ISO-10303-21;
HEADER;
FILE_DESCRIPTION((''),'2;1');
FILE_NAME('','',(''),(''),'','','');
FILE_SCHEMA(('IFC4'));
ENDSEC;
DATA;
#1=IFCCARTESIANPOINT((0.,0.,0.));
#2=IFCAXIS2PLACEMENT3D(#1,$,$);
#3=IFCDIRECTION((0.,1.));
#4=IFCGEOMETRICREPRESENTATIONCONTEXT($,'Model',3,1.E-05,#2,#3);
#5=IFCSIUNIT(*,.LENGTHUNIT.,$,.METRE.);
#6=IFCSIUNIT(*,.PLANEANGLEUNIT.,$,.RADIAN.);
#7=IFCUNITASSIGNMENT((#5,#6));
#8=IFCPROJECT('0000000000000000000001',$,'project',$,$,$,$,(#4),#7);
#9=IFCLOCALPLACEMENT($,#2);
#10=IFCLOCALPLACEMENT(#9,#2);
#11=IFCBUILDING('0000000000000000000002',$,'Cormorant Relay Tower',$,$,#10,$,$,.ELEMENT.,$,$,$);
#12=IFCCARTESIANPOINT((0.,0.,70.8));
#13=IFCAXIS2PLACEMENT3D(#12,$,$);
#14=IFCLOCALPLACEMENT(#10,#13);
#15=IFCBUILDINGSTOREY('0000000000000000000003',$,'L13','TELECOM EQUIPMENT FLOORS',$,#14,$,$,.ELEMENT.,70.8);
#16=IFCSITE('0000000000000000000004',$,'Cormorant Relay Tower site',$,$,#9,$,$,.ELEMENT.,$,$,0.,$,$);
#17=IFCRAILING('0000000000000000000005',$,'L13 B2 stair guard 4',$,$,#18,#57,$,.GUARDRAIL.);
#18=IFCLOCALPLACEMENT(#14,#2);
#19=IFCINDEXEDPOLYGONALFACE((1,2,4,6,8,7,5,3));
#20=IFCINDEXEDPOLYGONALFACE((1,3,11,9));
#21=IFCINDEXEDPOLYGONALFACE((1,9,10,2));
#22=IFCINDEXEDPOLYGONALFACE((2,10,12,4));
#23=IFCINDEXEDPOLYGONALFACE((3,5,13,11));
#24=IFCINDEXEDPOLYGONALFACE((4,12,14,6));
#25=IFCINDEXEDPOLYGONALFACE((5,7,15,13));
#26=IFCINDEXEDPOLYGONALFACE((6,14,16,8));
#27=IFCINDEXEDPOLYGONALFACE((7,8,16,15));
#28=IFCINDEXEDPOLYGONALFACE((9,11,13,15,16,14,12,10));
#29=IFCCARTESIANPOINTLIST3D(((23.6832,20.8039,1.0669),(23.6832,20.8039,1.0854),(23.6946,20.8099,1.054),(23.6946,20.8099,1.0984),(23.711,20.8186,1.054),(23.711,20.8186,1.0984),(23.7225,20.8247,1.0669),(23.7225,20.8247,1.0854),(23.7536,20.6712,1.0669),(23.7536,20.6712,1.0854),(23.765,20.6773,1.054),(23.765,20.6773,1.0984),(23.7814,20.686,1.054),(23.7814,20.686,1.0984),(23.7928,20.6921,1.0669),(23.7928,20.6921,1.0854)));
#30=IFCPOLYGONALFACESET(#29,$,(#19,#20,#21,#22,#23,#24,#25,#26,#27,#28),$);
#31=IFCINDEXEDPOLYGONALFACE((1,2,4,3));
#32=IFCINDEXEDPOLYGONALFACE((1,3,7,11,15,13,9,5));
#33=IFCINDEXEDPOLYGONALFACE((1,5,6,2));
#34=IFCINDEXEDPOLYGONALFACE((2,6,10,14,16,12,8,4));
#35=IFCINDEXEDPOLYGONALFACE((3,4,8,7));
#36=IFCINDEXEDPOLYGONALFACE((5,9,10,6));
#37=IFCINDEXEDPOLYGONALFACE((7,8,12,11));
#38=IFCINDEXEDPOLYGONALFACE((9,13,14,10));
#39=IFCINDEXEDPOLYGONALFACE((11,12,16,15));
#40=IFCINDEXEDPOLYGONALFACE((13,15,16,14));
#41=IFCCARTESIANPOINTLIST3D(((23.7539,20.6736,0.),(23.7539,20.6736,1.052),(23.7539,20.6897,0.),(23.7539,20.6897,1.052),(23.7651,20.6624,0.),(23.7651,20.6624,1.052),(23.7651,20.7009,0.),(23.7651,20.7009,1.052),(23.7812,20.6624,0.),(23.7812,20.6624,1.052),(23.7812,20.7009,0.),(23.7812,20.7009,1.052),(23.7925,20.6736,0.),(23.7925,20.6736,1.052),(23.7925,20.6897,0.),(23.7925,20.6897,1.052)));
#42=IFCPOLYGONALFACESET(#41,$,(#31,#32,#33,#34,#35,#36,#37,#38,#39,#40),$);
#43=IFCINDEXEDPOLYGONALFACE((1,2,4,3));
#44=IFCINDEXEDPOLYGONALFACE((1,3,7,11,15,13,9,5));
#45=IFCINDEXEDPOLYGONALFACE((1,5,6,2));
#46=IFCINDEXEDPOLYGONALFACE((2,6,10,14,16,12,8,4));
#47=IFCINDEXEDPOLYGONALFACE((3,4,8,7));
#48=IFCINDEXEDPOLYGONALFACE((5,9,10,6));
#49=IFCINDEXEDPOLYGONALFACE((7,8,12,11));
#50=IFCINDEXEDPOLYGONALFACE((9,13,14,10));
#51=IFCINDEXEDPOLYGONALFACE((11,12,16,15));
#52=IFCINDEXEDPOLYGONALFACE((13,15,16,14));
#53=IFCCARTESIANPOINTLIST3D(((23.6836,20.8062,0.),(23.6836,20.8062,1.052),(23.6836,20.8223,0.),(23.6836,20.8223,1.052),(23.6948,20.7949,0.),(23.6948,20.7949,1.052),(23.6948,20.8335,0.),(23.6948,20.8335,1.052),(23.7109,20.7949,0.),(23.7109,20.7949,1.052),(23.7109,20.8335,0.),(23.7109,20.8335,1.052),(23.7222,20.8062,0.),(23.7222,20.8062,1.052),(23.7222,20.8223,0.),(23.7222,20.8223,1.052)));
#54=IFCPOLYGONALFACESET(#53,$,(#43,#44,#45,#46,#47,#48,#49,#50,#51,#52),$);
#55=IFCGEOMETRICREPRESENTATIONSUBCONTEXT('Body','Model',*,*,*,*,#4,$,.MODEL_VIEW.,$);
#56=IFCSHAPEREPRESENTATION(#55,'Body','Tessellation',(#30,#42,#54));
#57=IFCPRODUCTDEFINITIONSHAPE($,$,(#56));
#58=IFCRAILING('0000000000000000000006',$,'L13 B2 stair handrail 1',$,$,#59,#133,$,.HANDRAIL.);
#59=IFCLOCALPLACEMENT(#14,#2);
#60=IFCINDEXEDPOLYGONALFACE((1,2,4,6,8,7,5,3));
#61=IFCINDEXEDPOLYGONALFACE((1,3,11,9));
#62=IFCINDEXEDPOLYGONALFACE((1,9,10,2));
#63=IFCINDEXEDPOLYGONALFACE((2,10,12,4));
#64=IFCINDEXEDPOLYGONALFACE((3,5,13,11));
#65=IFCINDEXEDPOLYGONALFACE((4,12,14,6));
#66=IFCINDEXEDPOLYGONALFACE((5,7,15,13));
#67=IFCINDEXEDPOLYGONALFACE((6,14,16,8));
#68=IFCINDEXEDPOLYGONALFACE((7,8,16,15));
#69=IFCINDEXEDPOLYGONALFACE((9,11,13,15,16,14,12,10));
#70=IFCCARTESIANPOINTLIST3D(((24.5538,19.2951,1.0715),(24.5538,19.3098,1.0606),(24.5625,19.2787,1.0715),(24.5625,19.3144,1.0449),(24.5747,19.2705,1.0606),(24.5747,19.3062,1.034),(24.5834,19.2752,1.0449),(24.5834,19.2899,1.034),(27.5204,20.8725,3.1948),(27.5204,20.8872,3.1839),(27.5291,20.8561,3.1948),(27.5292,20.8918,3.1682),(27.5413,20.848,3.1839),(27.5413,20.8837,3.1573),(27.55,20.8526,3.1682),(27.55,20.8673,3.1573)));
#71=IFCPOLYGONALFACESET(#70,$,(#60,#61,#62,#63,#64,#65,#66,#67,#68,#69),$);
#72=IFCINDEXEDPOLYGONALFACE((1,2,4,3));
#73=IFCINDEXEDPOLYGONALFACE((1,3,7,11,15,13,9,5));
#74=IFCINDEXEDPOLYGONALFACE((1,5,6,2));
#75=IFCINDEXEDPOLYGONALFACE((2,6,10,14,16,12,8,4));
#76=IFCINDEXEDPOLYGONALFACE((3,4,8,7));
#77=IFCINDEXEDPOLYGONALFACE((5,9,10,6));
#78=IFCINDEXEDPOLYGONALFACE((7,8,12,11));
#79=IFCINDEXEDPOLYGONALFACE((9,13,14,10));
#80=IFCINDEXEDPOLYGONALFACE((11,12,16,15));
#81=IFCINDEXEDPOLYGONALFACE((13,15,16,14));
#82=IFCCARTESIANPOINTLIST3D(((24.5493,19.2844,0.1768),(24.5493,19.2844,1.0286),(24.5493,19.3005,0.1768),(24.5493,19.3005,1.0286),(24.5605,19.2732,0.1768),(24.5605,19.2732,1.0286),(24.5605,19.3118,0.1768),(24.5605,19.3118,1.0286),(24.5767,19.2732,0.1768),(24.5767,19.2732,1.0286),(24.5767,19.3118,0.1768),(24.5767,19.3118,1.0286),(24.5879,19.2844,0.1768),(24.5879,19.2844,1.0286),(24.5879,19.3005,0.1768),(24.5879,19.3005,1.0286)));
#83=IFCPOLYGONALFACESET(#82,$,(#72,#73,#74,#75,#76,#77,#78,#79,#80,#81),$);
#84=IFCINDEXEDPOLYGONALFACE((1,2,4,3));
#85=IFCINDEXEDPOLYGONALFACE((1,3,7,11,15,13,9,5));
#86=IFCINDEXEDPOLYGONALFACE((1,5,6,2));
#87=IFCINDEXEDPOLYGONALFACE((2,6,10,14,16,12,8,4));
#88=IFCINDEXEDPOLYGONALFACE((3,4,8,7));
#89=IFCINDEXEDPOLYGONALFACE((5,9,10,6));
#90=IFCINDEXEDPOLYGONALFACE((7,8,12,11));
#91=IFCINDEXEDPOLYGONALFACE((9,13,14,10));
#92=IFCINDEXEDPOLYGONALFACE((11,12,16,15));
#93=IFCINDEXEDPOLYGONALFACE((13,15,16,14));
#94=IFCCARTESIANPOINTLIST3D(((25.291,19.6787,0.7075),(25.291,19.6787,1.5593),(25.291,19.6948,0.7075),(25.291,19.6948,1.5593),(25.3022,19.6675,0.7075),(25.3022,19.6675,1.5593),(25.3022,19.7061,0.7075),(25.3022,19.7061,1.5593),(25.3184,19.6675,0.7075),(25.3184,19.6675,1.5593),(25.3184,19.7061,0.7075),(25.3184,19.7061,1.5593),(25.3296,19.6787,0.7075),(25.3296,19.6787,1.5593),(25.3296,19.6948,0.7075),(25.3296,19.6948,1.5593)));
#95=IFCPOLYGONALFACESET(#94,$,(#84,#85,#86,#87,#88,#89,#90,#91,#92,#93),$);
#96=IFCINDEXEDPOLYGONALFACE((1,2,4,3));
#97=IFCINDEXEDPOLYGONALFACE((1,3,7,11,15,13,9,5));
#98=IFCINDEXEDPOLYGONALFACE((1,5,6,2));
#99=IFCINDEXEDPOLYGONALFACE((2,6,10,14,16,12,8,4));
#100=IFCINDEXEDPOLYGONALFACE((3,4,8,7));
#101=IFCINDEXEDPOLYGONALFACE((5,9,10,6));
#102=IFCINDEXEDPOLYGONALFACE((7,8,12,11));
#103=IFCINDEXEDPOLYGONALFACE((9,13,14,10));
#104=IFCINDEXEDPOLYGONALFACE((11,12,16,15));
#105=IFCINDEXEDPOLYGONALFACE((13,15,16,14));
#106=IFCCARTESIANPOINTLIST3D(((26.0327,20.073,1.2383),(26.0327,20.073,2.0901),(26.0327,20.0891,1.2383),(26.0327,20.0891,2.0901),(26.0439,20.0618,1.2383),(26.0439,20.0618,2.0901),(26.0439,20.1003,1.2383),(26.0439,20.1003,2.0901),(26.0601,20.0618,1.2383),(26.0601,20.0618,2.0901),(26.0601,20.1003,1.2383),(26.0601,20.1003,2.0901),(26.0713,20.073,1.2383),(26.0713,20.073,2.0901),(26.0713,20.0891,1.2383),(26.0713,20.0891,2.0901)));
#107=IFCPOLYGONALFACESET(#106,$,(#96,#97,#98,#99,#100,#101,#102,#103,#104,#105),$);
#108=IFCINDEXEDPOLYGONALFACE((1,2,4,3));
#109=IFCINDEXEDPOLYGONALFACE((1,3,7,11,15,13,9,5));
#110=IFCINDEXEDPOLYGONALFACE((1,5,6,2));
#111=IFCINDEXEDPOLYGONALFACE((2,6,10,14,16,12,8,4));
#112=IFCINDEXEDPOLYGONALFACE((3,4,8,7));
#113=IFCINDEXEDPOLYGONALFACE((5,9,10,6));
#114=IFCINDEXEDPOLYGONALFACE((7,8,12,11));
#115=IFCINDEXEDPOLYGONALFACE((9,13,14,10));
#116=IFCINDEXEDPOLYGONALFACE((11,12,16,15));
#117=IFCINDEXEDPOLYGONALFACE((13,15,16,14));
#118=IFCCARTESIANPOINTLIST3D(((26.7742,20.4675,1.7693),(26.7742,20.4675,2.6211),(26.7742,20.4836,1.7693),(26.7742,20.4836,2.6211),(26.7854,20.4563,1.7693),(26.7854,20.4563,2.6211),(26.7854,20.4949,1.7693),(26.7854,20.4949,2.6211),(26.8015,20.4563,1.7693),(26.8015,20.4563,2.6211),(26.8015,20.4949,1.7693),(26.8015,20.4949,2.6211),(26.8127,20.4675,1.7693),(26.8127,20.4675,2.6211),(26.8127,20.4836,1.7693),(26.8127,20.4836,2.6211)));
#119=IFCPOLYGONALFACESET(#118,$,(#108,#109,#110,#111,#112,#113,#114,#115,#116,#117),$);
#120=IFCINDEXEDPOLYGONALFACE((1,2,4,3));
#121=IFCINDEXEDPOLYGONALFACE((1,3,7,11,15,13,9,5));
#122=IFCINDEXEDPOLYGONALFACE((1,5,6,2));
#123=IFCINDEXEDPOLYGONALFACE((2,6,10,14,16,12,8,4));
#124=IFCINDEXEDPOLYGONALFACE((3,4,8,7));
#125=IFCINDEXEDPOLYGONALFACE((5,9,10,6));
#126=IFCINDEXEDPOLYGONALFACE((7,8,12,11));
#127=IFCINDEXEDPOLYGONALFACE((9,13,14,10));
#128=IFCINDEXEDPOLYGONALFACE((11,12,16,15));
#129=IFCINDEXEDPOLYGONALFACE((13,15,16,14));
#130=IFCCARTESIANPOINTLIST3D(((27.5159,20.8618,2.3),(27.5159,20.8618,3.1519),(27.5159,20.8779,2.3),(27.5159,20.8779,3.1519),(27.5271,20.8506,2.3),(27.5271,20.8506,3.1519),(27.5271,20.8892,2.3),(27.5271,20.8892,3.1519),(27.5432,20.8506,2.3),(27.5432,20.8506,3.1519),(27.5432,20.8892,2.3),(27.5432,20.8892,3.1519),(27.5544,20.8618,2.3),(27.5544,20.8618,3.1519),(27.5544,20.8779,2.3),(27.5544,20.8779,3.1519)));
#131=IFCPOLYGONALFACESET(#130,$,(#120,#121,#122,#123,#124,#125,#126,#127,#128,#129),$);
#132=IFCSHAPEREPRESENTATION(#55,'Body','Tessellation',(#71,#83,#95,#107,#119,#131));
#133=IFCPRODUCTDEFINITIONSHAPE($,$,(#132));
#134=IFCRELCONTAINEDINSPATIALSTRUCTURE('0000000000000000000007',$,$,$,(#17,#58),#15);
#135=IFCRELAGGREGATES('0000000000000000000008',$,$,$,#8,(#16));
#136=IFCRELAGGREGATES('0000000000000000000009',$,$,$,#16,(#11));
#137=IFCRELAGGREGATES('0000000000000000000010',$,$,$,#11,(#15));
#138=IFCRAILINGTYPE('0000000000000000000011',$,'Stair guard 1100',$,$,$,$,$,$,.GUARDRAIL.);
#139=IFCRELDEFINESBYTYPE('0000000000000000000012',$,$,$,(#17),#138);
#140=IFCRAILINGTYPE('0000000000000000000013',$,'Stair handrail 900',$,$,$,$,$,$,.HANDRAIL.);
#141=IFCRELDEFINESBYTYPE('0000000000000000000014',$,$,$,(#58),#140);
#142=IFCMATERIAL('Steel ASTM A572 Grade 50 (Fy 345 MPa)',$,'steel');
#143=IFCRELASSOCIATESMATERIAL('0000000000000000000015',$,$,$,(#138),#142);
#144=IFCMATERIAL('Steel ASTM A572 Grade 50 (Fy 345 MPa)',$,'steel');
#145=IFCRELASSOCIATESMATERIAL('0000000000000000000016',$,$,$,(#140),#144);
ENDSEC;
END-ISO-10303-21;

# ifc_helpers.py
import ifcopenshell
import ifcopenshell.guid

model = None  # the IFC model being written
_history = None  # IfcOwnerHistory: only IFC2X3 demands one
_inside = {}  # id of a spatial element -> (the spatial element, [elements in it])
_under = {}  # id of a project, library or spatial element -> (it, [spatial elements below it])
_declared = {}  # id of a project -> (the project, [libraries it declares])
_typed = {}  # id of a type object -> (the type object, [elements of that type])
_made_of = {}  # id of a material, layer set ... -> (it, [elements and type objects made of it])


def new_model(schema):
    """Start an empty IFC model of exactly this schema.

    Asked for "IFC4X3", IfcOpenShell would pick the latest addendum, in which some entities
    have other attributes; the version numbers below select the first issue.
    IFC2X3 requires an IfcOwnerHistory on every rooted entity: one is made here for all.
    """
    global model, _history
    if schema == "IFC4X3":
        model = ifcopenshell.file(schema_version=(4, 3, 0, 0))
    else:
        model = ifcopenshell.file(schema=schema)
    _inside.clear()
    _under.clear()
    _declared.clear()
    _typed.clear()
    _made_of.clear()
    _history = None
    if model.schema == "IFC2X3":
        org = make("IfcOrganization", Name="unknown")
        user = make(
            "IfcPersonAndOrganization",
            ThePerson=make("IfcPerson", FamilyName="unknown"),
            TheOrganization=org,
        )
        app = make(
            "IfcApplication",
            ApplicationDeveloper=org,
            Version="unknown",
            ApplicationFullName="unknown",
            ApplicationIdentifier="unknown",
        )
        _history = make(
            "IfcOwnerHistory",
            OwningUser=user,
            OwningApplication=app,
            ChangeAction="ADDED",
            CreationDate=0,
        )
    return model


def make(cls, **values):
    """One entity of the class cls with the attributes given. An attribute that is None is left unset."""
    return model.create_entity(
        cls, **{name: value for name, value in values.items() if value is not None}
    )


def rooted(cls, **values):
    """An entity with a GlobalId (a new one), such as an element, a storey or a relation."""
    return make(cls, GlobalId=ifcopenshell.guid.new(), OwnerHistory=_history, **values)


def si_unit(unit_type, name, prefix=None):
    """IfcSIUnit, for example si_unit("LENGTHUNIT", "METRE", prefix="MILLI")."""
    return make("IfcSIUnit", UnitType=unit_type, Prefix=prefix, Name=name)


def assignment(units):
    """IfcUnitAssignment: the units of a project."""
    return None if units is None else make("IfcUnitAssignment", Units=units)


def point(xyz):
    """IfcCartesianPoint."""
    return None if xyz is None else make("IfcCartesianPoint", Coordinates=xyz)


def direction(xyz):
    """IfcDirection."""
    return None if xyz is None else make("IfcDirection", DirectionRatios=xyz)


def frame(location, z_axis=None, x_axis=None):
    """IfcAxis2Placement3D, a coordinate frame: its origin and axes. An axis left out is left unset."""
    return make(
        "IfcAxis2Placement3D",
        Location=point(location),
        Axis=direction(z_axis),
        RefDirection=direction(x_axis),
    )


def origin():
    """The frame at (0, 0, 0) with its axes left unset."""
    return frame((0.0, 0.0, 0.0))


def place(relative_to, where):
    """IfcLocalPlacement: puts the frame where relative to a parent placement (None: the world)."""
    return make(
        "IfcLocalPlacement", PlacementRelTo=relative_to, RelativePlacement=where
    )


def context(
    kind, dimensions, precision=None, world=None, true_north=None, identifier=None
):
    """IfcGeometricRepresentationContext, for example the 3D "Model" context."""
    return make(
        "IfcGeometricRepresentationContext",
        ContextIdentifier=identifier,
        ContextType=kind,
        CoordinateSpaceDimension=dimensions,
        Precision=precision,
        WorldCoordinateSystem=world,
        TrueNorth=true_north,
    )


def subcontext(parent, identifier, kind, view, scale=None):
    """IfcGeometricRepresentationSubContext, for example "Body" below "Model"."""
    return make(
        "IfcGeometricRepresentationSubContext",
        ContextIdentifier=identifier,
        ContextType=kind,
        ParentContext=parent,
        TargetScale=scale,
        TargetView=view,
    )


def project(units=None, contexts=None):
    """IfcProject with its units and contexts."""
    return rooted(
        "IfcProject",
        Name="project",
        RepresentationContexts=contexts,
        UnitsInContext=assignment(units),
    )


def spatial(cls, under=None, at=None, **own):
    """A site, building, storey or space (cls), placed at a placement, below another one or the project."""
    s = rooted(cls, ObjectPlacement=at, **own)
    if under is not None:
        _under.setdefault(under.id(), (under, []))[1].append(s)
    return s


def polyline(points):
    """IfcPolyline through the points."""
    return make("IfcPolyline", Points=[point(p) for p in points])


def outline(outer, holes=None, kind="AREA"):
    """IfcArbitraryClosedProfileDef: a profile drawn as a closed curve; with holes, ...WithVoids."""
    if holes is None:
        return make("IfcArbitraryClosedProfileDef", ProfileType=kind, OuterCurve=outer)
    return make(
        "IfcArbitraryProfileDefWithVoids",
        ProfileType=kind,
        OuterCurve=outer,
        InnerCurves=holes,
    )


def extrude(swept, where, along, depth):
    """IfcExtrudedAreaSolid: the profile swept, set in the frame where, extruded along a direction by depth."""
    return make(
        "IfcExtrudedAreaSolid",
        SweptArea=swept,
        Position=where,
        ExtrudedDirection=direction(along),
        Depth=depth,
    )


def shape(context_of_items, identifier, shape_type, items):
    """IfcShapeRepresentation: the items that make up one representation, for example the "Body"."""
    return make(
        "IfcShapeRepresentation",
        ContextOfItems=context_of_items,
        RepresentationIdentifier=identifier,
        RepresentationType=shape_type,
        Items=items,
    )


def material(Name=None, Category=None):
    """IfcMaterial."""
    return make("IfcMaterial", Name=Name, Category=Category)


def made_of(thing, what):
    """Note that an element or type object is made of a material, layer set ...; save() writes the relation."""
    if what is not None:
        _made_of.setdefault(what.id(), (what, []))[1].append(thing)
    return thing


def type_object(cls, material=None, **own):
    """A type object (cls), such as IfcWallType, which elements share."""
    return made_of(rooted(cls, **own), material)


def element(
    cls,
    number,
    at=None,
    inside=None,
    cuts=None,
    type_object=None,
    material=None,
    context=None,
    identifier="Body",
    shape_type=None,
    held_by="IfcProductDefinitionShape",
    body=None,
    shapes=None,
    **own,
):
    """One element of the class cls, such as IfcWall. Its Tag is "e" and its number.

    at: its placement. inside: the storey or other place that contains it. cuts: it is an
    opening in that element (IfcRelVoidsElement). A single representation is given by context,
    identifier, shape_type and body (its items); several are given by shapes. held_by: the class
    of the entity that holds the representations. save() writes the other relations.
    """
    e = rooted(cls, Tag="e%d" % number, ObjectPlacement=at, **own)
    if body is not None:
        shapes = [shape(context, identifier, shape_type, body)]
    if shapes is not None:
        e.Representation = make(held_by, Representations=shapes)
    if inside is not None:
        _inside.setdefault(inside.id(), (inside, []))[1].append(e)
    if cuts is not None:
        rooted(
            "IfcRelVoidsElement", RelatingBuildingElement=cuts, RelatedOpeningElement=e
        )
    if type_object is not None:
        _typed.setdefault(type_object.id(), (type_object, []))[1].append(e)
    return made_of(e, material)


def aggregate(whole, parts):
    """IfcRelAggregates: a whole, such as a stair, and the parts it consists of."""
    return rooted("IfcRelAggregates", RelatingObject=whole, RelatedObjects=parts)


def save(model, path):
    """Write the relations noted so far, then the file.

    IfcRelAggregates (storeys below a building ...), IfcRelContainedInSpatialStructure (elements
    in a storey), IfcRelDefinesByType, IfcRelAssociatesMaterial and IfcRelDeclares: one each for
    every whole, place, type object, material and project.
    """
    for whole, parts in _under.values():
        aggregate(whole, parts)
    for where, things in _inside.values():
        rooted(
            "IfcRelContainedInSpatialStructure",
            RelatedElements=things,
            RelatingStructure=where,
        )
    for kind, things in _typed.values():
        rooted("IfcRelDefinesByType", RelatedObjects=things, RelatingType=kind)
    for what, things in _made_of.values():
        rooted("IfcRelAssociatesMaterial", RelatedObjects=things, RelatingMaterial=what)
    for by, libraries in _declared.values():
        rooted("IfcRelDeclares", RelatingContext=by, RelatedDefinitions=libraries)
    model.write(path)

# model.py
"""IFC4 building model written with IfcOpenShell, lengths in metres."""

from ifc_helpers import new_model, si_unit, direction, frame, origin, place, context, subcontext, project, spatial, polyline, outline, extrude, material, type_object, element, save


model = new_model("IFC4")

# Units and contexts
model_context = context("Model", 3, precision=1e-05, world=origin(), true_north=direction((0.0, 1.0)))
body_context = subcontext(model_context, "Body", "Model", "MODEL_VIEW")
ifc_project = project(units=[si_unit("LENGTHUNIT", "METRE"), si_unit("PLANEANGLEUNIT", "RADIAN")], contexts=[model_context])

# Site, building, storey
site_placement = place(None, origin())
site = spatial("IfcSite", under=ifc_project, at=site_placement, Name="Cormorant Relay Tower site", CompositionType="ELEMENT", RefElevation=0.0)
building_placement = place(site_placement, origin())
building = spatial("IfcBuilding", under=site, at=building_placement, Name="Cormorant Relay Tower", CompositionType="ELEMENT")
storey_placement = place(building_placement, frame((0.0, 0.0, 70.8)))
storey = spatial("IfcBuildingStorey", under=building, at=storey_placement, Name="L13", Description="TELECOM EQUIPMENT FLOORS", CompositionType="ELEMENT", Elevation=70.8)

# Railings
ifc_material_1 = material(Name="Steel ASTM A572 Grade 50 (Fy 345 MPa)", Category="steel")
railing_type_1 = type_object("IfcRailingType", Name="Stair guard 1100", PredefinedType="GUARDRAIL", material=ifc_material_1)
railing_1_placement = place(storey_placement, frame((23.7732, 20.6816, 0.0)))
element("IfcRailing", 1, at=railing_1_placement, inside=storey, type_object=railing_type_1, Name="L13 B2 stair guard 4", PredefinedType="GUARDRAIL", context=body_context, shape_type="SweptSolid", body=[
    extrude(outline(polyline([(0.0222, 0.0093), (0.0093, 0.0222), (-0.0093, 0.0222), (-0.0222, 0.0093), (-0.0222, -0.0093), (-0.0093, -0.0222), (0.0093, -0.0222), (0.0222, -0.0093), (0.0222, 0.0093)])), frame((0.0, 0.0, 1.0762), z_axis=(-0.46856, 0.883431, 0.0), x_axis=(-0.883431, -0.46856, 0.0)), (0.0, 0.0, 1.0), 0.1501),
    extrude(outline(polyline([(0.0193, 0.0081), (0.0081, 0.0193), (-0.0081, 0.0193), (-0.0193, 0.0081), (-0.0193, -0.0081), (-0.0081, -0.0193), (0.0081, -0.0193), (0.0193, -0.0081), (0.0193, 0.0081)])), origin(), (0.0, 0.0, 1.0), 1.052),
    extrude(outline(polyline([(0.0193, 0.0081), (0.0081, 0.0193), (-0.0081, 0.0193), (-0.0193, 0.0081), (-0.0193, -0.0081), (-0.0081, -0.0193), (0.0081, -0.0193), (0.0193, -0.0081), (0.0193, 0.0081)])), frame((-0.0703, 0.1326, 0.0)), (0.0, 0.0, 1.0), 1.052),
])
ifc_material_2 = material(Name="Steel ASTM A572 Grade 50 (Fy 345 MPa)", Category="steel")
railing_type_2 = type_object("IfcRailingType", Name="Stair handrail 900", PredefinedType="HANDRAIL", material=ifc_material_2)
railing_2_placement = place(storey_placement, frame((24.5686, 19.2925, 0.1768)))
element("IfcRailing", 2, at=railing_2_placement, inside=storey, type_object=railing_type_2, Name="L13 B2 stair handrail 1", PredefinedType="HANDRAIL", context=body_context, shape_type="SweptSolid", body=[
    extrude(outline(polyline([(0.0222, 0.0093), (0.0093, 0.0222), (-0.0093, 0.0222), (-0.0222, 0.0093), (-0.0222, -0.0093), (-0.0093, -0.0222), (0.0093, -0.0222), (0.0222, -0.0093), (0.0222, 0.0093)])), frame((0.0, 0.0, 0.876), z_axis=(0.746389, 0.396874, 0.534223), x_axis=(-0.469483, 0.882942, 0.0)), (0.0, 0.0, 1.0), 3.9746),
    extrude(outline(polyline([(0.0193, 0.0081), (0.0081, 0.0193), (-0.0081, 0.0193), (-0.0193, 0.0081), (-0.0193, -0.0081), (-0.0081, -0.0193), (0.0081, -0.0193), (0.0193, -0.0081), (0.0193, 0.0081)])), origin(), (0.0, 0.0, 1.0), 0.8518),
    extrude(outline(polyline([(0.0193, 0.0081), (0.0081, 0.0193), (-0.0081, 0.0193), (-0.0193, 0.0081), (-0.0193, -0.0081), (-0.0081, -0.0193), (0.0081, -0.0193), (0.0193, -0.0081), (0.0193, 0.0081)])), frame((0.7417, 0.3943, 0.5308)), (0.0, 0.0, 1.0), 0.8518),
    extrude(outline(polyline([(0.0193, 0.0081), (0.0081, 0.0193), (-0.0081, 0.0193), (-0.0193, 0.0081), (-0.0193, -0.0081), (-0.0081, -0.0193), (0.0081, -0.0193), (0.0193, -0.0081), (0.0193, 0.0081)])), frame((1.4834, 0.7886, 1.0615)), (0.0, 0.0, 1.0), 0.8518),
    extrude(outline(polyline([(0.0193, 0.0081), (0.0081, 0.0193), (-0.0081, 0.0193), (-0.0193, 0.0081), (-0.0193, -0.0081), (-0.0081, -0.0193), (0.0081, -0.0193), (0.0193, -0.0081), (0.0193, 0.0081)])), frame((2.2249, 1.1831, 1.5925)), (0.0, 0.0, 1.0), 0.8518),
    extrude(outline(polyline([(0.0193, 0.0081), (0.0081, 0.0193), (-0.0081, 0.0193), (-0.0193, 0.0081), (-0.0193, -0.0081), (-0.0081, -0.0193), (0.0081, -0.0193), (0.0193, -0.0081), (0.0193, 0.0081)])), frame((2.9666, 1.5774, 2.1233)), (0.0, 0.0, 1.0), 0.8518),
])

save(model, "model.ifc")
